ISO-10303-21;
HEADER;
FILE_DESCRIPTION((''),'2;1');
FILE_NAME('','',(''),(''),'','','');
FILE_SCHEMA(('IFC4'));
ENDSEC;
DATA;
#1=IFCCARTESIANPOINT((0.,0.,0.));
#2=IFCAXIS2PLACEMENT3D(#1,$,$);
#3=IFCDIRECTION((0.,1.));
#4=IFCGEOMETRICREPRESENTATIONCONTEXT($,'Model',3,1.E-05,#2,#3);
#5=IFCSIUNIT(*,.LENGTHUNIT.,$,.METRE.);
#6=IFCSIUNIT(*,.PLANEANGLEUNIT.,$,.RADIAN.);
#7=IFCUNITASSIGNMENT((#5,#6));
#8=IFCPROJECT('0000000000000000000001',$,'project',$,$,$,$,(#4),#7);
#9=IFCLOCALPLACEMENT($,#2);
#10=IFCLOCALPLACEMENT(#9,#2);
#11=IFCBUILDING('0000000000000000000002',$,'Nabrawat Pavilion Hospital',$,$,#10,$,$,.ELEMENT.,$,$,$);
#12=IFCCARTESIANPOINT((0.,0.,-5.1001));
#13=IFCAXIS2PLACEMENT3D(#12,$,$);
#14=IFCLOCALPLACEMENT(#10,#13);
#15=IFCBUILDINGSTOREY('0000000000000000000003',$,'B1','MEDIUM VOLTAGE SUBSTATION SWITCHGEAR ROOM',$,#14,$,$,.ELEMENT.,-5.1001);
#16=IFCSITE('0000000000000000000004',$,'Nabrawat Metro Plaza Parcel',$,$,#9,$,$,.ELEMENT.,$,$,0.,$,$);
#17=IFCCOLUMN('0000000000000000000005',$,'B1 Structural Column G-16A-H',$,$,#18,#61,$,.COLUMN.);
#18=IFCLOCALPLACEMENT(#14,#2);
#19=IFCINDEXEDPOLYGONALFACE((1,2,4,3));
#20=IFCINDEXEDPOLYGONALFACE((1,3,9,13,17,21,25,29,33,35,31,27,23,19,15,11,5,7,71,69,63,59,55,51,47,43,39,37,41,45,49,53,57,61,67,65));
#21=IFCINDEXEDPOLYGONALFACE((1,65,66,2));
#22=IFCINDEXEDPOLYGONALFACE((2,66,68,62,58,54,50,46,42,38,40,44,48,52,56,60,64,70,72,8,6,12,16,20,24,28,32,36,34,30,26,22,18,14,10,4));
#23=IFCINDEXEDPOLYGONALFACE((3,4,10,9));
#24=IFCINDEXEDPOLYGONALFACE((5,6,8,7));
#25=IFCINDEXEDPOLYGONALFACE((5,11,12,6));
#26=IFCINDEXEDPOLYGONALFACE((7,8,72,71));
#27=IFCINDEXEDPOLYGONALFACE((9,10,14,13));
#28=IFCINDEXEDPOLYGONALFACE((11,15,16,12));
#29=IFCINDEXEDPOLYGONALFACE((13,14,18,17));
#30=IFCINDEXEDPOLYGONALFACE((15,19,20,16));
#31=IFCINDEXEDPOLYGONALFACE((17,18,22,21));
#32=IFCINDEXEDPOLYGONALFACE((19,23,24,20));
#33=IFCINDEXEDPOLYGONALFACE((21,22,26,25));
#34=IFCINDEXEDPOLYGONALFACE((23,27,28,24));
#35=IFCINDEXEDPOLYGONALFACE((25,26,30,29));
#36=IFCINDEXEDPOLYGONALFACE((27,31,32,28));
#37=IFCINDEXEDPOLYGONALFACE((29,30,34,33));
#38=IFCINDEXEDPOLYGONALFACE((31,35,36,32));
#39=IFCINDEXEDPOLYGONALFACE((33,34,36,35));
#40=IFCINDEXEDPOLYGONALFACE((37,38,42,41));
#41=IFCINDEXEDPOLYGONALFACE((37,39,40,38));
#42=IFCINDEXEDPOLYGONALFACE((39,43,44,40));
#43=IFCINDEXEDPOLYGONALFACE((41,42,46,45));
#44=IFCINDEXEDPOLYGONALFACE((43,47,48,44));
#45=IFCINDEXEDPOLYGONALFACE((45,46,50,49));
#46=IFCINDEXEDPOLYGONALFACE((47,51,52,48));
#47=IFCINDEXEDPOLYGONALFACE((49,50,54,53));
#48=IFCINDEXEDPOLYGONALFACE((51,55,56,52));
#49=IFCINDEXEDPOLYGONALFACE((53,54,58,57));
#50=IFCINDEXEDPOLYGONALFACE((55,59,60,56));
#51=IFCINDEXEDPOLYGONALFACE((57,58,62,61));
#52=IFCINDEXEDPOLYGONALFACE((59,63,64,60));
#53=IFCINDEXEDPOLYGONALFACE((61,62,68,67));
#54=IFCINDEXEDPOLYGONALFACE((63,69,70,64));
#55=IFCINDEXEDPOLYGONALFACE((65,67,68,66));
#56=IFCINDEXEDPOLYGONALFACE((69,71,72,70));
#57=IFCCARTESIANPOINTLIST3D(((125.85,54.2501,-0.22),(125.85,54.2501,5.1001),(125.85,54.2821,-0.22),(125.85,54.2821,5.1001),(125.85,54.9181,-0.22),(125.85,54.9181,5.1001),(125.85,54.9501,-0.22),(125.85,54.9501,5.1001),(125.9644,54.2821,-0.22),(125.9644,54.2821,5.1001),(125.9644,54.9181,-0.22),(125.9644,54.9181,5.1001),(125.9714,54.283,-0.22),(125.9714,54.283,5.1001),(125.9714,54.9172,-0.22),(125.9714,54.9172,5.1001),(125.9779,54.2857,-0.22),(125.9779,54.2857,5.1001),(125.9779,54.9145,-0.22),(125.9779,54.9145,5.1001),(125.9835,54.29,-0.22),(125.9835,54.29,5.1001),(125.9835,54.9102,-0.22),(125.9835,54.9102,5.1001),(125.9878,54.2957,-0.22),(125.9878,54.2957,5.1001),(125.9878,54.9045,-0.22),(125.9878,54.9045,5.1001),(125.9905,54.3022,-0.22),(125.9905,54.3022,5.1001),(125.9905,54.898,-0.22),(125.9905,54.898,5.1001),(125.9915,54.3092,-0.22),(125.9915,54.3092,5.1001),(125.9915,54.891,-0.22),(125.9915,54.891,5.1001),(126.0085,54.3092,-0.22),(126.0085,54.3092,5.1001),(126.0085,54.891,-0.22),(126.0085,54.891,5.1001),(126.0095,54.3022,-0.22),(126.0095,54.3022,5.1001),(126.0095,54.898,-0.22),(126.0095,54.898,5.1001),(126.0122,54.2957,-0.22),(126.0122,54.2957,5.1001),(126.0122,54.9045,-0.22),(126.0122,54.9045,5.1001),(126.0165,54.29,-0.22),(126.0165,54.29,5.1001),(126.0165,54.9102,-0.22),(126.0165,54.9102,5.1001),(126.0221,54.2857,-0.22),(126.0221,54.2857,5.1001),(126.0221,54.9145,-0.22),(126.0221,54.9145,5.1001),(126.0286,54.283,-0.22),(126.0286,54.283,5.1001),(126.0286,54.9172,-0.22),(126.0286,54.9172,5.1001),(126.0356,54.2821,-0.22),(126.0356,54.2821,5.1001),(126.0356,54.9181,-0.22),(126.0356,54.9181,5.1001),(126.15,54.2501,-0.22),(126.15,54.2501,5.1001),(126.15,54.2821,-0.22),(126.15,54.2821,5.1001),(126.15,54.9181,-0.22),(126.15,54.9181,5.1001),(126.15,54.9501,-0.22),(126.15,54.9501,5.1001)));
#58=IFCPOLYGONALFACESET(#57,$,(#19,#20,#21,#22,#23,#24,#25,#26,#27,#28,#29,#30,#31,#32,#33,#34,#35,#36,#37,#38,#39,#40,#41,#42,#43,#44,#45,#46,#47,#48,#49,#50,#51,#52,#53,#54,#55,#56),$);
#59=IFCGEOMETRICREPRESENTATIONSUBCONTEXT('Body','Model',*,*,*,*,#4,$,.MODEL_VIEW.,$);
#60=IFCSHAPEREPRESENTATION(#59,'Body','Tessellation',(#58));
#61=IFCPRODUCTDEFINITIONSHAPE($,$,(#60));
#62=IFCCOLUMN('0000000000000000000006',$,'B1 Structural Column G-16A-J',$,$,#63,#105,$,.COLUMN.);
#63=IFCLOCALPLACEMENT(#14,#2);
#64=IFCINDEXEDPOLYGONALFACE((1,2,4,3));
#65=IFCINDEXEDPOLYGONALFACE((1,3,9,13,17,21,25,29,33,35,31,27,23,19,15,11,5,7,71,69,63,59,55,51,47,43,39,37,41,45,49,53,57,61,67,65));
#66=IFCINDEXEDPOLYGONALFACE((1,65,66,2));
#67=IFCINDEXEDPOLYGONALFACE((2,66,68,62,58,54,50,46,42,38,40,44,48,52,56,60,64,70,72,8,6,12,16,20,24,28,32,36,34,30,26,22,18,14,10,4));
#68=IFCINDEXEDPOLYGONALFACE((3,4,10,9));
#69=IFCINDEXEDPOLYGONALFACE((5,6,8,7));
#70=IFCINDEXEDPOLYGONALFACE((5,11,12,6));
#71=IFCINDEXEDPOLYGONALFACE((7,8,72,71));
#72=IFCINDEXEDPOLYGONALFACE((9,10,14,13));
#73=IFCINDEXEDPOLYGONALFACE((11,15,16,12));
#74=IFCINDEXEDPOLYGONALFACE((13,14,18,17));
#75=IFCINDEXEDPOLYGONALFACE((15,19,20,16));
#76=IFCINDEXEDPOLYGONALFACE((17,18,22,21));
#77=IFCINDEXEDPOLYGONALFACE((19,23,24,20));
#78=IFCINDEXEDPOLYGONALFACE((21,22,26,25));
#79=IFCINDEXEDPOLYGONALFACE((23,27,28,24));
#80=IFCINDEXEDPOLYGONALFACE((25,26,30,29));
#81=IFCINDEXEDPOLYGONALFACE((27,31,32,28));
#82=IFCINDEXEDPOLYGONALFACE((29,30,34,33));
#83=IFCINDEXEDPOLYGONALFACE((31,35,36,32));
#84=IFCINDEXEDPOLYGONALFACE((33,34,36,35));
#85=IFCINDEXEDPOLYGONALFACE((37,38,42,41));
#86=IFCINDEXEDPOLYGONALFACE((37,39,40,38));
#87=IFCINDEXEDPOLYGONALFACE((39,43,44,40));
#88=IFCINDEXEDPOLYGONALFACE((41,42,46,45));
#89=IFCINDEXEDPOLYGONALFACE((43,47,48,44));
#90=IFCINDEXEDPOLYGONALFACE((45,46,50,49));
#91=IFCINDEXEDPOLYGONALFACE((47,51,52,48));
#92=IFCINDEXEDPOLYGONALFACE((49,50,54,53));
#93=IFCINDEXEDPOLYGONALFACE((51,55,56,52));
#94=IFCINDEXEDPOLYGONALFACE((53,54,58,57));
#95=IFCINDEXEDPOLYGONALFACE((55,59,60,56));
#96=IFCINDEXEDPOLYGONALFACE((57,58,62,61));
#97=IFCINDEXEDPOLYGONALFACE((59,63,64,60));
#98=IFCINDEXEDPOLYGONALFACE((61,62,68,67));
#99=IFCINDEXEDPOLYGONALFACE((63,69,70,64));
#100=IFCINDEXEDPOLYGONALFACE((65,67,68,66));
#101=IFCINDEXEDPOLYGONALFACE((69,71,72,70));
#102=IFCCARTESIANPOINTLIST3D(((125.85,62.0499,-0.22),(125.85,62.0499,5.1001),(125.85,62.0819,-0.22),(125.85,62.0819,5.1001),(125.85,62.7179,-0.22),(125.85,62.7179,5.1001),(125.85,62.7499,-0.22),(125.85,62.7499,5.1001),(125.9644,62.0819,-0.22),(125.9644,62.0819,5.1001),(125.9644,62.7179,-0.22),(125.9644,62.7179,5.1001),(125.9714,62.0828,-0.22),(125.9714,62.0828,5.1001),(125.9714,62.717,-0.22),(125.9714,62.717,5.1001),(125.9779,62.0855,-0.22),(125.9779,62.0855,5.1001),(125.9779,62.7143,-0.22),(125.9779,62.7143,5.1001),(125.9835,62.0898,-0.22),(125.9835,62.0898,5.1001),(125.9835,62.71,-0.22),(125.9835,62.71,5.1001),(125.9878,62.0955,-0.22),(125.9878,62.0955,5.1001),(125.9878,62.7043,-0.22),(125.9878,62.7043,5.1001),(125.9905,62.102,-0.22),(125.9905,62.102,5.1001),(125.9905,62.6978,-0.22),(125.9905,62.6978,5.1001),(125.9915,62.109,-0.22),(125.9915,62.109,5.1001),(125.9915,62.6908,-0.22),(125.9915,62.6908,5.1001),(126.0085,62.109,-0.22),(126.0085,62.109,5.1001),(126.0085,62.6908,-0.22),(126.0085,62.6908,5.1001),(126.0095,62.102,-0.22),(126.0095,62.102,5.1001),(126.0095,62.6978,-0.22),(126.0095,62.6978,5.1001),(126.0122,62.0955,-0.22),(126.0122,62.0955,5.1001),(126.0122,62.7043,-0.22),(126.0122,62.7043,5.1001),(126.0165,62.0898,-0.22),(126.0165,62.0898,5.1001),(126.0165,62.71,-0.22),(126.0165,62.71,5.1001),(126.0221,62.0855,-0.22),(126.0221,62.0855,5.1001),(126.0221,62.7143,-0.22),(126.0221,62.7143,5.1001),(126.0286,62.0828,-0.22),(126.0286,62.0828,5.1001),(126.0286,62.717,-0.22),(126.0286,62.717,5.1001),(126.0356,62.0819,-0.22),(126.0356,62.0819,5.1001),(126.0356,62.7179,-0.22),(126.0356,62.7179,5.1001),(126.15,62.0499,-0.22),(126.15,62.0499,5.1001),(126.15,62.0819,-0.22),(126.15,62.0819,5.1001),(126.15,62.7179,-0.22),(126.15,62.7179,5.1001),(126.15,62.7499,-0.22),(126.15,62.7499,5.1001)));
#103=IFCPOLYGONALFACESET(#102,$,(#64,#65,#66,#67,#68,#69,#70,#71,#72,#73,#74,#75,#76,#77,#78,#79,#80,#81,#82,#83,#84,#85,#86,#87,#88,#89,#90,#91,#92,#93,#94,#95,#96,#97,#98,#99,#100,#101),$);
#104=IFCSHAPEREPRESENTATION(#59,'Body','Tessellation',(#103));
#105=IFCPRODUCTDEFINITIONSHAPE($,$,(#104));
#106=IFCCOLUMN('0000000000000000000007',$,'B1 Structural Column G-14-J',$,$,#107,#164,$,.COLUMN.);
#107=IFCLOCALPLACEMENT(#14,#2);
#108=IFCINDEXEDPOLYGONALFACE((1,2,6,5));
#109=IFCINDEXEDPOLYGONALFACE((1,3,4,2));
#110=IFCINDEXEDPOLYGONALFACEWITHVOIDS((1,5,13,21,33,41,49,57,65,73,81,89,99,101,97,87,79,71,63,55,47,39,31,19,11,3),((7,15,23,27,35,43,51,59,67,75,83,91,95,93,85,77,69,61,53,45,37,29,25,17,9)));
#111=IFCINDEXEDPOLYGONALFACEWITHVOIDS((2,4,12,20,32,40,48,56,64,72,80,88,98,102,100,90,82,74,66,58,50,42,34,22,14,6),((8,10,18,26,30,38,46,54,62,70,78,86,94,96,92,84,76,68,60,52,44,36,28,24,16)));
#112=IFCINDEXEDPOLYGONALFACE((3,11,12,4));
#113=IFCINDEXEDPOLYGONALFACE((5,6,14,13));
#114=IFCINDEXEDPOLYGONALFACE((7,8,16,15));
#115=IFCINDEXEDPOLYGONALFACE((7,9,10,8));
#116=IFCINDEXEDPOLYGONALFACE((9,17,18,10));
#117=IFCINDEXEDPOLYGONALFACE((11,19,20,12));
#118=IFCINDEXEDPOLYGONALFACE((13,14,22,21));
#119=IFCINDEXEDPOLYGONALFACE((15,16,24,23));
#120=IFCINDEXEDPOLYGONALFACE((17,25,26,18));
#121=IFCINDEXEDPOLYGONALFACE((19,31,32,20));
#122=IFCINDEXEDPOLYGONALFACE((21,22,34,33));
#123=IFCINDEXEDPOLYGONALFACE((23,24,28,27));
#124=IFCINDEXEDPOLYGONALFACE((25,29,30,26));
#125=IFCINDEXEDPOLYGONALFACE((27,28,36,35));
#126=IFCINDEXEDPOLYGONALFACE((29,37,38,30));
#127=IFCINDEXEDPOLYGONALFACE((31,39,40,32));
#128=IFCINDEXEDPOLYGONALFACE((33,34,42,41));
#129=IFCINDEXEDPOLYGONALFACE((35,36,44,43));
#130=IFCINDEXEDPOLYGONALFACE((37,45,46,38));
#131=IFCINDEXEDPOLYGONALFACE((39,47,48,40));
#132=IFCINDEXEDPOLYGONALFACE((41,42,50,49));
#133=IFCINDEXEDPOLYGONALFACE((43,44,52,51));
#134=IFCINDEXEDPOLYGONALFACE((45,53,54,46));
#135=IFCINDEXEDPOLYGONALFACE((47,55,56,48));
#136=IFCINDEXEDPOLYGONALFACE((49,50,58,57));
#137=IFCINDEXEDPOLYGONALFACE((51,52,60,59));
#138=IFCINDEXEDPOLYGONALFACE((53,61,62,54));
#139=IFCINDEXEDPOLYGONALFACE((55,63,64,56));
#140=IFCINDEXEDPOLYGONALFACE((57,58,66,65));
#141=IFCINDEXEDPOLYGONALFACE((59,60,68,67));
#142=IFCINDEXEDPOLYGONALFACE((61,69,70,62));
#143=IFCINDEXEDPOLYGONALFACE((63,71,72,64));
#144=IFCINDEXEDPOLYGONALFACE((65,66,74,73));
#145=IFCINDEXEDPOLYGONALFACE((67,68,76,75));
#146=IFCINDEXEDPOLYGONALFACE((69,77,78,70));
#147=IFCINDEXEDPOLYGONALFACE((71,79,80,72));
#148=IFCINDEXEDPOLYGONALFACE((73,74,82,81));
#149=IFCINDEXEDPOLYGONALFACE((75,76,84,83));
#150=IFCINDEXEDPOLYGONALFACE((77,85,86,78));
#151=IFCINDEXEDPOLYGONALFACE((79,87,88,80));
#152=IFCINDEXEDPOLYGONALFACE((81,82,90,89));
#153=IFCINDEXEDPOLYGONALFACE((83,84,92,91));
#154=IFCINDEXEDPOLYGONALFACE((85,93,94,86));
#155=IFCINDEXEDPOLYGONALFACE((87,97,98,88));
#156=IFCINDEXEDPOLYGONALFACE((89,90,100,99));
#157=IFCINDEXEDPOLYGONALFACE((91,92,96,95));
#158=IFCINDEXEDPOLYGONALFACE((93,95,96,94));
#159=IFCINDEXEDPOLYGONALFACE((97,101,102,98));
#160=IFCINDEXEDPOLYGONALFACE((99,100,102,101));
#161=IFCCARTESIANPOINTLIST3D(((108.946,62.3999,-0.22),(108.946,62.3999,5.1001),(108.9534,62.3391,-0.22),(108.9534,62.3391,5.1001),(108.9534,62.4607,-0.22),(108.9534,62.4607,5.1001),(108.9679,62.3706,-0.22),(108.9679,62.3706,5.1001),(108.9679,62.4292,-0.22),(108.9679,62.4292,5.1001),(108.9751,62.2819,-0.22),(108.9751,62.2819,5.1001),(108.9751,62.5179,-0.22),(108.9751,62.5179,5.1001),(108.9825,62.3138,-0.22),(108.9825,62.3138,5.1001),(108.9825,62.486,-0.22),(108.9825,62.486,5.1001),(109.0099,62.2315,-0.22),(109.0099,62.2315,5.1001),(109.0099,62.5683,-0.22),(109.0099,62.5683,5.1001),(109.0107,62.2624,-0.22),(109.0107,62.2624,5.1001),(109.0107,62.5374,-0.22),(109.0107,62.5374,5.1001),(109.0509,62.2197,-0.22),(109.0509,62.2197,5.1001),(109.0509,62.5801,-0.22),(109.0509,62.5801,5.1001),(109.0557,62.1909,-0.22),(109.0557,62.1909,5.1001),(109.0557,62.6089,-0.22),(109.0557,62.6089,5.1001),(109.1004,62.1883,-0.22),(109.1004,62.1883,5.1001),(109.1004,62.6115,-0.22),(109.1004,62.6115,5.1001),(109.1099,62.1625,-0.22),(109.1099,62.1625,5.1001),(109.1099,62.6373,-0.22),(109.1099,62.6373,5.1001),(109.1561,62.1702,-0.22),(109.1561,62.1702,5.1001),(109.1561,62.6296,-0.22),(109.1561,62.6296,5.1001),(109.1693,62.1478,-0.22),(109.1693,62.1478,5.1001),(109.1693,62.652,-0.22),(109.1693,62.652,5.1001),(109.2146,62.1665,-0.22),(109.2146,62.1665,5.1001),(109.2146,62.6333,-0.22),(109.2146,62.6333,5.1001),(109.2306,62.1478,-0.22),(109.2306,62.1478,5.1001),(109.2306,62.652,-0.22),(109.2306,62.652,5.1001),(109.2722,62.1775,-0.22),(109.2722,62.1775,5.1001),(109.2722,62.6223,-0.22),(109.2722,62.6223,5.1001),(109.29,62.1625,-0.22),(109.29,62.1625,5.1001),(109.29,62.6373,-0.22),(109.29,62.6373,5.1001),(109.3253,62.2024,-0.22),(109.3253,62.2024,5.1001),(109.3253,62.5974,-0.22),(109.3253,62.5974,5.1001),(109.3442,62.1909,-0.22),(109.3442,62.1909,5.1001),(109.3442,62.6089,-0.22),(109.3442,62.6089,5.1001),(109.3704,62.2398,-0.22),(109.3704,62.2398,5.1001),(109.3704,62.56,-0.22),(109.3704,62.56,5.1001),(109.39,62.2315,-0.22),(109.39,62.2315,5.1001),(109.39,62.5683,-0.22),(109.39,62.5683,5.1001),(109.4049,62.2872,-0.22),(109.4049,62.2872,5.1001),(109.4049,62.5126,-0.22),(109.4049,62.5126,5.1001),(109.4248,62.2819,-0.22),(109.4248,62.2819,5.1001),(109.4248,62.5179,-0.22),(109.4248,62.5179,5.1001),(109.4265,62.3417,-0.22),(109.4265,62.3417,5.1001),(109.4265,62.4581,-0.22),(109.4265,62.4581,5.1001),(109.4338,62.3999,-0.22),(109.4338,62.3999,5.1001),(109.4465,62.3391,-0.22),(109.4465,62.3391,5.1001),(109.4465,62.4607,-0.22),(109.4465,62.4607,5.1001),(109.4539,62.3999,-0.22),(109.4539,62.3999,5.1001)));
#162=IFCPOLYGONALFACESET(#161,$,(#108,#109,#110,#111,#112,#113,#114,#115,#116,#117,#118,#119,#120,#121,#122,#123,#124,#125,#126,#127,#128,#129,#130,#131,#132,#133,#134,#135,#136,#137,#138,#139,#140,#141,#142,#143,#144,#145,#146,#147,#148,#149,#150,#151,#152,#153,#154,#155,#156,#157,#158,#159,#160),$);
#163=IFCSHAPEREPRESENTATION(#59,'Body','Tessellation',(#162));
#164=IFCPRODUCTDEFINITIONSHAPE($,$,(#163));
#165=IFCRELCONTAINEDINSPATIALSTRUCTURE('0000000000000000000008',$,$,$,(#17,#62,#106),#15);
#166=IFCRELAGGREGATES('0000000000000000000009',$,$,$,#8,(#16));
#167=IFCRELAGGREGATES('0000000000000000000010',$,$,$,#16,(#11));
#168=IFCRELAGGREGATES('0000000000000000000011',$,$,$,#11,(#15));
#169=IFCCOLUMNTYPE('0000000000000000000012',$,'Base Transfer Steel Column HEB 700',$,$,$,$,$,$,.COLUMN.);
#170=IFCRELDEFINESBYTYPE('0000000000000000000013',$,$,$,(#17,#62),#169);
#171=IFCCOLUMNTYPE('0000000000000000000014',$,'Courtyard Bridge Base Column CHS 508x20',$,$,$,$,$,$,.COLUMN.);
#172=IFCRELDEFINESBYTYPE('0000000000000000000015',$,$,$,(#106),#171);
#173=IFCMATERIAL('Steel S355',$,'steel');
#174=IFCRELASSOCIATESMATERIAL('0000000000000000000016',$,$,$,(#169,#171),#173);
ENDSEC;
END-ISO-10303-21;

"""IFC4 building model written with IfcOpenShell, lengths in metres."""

from ifc_helpers import new_model, si_unit, direction, frame, origin, origin_2d, place, context, subcontext, project, spatial, hollow_circle, i_section, extrude, material, material_profile, profile_set, type_object, element, save


model = new_model("IFC4")

# Units and contexts
model_context = context("Model", 3, precision=1e-05, world=origin(), true_north=direction((0.0, 1.0)))
body_context = subcontext(model_context, "Body", "Model", "MODEL_VIEW")
ifc_project = project(units=[si_unit("LENGTHUNIT", "METRE"), si_unit("PLANEANGLEUNIT", "RADIAN")], contexts=[model_context])

# Site, building, storey
site_placement = place(None, origin())
site = spatial("IfcSite", under=ifc_project, at=site_placement, Name="Nabrawat Metro Plaza Parcel", CompositionType="ELEMENT", RefElevation=0.0)
building_placement = place(site_placement, origin())
building = spatial("IfcBuilding", under=site, at=building_placement, Name="Nabrawat Pavilion Hospital", CompositionType="ELEMENT")
storey_placement = place(building_placement, frame((0.0, 0.0, -5.1001)))
storey = spatial("IfcBuildingStorey", under=building, at=storey_placement, Name="B1", Description="MEDIUM VOLTAGE SUBSTATION SWITCHGEAR ROOM", CompositionType="ELEMENT", Elevation=-5.1001)

# Columns
ifc_material_1 = material(Name="Steel S355", Category="steel")
ifc_material_profile_1 = material_profile(ifc_material_1, i_section(OverallWidth=0.3, OverallDepth=0.7, WebThickness=0.0171, FlangeThickness=0.032, FilletRadius=0.0271, at=origin_2d()), Name="HEB 700")
ifc_profile_set_1 = profile_set([ifc_material_profile_1], Name="Steel S355")
column_type_1 = type_object("IfcColumnType", Name="Base Transfer Steel Column HEB 700", PredefinedType="COLUMN", material=ifc_profile_set_1)
for number, where, z_axis, x_axis, name in (
    (1, (126.0, 54.6001, -0.22), (0.0, 0.0, 1.0), (1.0, 0.0, 0.0), "B1 Structural Column G-16A-H"),
    (2, (126.0, 62.3999, -0.22), (0.0, 0.0, 1.0), (1.0, 0.0, 0.0), "B1 Structural Column G-16A-J"),
):
    element("IfcColumn", number, at=place(storey_placement, frame(where, z_axis=z_axis, x_axis=x_axis)), inside=storey, type_object=column_type_1, Name=name, PredefinedType="COLUMN", context=body_context, shape_type="SweptSolid", body=[
        extrude(i_section(OverallWidth=0.3, OverallDepth=0.7, WebThickness=0.0171, FlangeThickness=0.032, FilletRadius=0.0271, at=origin_2d()), origin(), (0.0, 0.0, 1.0), 5.3201),
    ])
ifc_material_profile_2 = material_profile(ifc_material_1, hollow_circle(Radius=0.2539, WallThickness=0.02, at=origin_2d()), Name="CHS 508x20")
ifc_profile_set_2 = profile_set([ifc_material_profile_2], Name="Steel S355")
column_type_2 = type_object("IfcColumnType", Name="Courtyard Bridge Base Column CHS 508x20", PredefinedType="COLUMN", material=ifc_profile_set_2)
for number, where, z_axis, x_axis, name in (
    (3, (109.2, 62.3999, -0.22), (0.0, 0.0, 1.0), (1.0, 0.0, 0.0), "B1 Structural Column G-14-J"),
):
    element("IfcColumn", number, at=place(storey_placement, frame(where, z_axis=z_axis, x_axis=x_axis)), inside=storey, type_object=column_type_2, Name=name, PredefinedType="COLUMN", context=body_context, shape_type="SweptSolid", body=[
        extrude(hollow_circle(Radius=0.2539, WallThickness=0.02, at=origin_2d()), origin(), (0.0, 0.0, 1.0), 5.3201),
    ])

save(model, "model.ifc")
